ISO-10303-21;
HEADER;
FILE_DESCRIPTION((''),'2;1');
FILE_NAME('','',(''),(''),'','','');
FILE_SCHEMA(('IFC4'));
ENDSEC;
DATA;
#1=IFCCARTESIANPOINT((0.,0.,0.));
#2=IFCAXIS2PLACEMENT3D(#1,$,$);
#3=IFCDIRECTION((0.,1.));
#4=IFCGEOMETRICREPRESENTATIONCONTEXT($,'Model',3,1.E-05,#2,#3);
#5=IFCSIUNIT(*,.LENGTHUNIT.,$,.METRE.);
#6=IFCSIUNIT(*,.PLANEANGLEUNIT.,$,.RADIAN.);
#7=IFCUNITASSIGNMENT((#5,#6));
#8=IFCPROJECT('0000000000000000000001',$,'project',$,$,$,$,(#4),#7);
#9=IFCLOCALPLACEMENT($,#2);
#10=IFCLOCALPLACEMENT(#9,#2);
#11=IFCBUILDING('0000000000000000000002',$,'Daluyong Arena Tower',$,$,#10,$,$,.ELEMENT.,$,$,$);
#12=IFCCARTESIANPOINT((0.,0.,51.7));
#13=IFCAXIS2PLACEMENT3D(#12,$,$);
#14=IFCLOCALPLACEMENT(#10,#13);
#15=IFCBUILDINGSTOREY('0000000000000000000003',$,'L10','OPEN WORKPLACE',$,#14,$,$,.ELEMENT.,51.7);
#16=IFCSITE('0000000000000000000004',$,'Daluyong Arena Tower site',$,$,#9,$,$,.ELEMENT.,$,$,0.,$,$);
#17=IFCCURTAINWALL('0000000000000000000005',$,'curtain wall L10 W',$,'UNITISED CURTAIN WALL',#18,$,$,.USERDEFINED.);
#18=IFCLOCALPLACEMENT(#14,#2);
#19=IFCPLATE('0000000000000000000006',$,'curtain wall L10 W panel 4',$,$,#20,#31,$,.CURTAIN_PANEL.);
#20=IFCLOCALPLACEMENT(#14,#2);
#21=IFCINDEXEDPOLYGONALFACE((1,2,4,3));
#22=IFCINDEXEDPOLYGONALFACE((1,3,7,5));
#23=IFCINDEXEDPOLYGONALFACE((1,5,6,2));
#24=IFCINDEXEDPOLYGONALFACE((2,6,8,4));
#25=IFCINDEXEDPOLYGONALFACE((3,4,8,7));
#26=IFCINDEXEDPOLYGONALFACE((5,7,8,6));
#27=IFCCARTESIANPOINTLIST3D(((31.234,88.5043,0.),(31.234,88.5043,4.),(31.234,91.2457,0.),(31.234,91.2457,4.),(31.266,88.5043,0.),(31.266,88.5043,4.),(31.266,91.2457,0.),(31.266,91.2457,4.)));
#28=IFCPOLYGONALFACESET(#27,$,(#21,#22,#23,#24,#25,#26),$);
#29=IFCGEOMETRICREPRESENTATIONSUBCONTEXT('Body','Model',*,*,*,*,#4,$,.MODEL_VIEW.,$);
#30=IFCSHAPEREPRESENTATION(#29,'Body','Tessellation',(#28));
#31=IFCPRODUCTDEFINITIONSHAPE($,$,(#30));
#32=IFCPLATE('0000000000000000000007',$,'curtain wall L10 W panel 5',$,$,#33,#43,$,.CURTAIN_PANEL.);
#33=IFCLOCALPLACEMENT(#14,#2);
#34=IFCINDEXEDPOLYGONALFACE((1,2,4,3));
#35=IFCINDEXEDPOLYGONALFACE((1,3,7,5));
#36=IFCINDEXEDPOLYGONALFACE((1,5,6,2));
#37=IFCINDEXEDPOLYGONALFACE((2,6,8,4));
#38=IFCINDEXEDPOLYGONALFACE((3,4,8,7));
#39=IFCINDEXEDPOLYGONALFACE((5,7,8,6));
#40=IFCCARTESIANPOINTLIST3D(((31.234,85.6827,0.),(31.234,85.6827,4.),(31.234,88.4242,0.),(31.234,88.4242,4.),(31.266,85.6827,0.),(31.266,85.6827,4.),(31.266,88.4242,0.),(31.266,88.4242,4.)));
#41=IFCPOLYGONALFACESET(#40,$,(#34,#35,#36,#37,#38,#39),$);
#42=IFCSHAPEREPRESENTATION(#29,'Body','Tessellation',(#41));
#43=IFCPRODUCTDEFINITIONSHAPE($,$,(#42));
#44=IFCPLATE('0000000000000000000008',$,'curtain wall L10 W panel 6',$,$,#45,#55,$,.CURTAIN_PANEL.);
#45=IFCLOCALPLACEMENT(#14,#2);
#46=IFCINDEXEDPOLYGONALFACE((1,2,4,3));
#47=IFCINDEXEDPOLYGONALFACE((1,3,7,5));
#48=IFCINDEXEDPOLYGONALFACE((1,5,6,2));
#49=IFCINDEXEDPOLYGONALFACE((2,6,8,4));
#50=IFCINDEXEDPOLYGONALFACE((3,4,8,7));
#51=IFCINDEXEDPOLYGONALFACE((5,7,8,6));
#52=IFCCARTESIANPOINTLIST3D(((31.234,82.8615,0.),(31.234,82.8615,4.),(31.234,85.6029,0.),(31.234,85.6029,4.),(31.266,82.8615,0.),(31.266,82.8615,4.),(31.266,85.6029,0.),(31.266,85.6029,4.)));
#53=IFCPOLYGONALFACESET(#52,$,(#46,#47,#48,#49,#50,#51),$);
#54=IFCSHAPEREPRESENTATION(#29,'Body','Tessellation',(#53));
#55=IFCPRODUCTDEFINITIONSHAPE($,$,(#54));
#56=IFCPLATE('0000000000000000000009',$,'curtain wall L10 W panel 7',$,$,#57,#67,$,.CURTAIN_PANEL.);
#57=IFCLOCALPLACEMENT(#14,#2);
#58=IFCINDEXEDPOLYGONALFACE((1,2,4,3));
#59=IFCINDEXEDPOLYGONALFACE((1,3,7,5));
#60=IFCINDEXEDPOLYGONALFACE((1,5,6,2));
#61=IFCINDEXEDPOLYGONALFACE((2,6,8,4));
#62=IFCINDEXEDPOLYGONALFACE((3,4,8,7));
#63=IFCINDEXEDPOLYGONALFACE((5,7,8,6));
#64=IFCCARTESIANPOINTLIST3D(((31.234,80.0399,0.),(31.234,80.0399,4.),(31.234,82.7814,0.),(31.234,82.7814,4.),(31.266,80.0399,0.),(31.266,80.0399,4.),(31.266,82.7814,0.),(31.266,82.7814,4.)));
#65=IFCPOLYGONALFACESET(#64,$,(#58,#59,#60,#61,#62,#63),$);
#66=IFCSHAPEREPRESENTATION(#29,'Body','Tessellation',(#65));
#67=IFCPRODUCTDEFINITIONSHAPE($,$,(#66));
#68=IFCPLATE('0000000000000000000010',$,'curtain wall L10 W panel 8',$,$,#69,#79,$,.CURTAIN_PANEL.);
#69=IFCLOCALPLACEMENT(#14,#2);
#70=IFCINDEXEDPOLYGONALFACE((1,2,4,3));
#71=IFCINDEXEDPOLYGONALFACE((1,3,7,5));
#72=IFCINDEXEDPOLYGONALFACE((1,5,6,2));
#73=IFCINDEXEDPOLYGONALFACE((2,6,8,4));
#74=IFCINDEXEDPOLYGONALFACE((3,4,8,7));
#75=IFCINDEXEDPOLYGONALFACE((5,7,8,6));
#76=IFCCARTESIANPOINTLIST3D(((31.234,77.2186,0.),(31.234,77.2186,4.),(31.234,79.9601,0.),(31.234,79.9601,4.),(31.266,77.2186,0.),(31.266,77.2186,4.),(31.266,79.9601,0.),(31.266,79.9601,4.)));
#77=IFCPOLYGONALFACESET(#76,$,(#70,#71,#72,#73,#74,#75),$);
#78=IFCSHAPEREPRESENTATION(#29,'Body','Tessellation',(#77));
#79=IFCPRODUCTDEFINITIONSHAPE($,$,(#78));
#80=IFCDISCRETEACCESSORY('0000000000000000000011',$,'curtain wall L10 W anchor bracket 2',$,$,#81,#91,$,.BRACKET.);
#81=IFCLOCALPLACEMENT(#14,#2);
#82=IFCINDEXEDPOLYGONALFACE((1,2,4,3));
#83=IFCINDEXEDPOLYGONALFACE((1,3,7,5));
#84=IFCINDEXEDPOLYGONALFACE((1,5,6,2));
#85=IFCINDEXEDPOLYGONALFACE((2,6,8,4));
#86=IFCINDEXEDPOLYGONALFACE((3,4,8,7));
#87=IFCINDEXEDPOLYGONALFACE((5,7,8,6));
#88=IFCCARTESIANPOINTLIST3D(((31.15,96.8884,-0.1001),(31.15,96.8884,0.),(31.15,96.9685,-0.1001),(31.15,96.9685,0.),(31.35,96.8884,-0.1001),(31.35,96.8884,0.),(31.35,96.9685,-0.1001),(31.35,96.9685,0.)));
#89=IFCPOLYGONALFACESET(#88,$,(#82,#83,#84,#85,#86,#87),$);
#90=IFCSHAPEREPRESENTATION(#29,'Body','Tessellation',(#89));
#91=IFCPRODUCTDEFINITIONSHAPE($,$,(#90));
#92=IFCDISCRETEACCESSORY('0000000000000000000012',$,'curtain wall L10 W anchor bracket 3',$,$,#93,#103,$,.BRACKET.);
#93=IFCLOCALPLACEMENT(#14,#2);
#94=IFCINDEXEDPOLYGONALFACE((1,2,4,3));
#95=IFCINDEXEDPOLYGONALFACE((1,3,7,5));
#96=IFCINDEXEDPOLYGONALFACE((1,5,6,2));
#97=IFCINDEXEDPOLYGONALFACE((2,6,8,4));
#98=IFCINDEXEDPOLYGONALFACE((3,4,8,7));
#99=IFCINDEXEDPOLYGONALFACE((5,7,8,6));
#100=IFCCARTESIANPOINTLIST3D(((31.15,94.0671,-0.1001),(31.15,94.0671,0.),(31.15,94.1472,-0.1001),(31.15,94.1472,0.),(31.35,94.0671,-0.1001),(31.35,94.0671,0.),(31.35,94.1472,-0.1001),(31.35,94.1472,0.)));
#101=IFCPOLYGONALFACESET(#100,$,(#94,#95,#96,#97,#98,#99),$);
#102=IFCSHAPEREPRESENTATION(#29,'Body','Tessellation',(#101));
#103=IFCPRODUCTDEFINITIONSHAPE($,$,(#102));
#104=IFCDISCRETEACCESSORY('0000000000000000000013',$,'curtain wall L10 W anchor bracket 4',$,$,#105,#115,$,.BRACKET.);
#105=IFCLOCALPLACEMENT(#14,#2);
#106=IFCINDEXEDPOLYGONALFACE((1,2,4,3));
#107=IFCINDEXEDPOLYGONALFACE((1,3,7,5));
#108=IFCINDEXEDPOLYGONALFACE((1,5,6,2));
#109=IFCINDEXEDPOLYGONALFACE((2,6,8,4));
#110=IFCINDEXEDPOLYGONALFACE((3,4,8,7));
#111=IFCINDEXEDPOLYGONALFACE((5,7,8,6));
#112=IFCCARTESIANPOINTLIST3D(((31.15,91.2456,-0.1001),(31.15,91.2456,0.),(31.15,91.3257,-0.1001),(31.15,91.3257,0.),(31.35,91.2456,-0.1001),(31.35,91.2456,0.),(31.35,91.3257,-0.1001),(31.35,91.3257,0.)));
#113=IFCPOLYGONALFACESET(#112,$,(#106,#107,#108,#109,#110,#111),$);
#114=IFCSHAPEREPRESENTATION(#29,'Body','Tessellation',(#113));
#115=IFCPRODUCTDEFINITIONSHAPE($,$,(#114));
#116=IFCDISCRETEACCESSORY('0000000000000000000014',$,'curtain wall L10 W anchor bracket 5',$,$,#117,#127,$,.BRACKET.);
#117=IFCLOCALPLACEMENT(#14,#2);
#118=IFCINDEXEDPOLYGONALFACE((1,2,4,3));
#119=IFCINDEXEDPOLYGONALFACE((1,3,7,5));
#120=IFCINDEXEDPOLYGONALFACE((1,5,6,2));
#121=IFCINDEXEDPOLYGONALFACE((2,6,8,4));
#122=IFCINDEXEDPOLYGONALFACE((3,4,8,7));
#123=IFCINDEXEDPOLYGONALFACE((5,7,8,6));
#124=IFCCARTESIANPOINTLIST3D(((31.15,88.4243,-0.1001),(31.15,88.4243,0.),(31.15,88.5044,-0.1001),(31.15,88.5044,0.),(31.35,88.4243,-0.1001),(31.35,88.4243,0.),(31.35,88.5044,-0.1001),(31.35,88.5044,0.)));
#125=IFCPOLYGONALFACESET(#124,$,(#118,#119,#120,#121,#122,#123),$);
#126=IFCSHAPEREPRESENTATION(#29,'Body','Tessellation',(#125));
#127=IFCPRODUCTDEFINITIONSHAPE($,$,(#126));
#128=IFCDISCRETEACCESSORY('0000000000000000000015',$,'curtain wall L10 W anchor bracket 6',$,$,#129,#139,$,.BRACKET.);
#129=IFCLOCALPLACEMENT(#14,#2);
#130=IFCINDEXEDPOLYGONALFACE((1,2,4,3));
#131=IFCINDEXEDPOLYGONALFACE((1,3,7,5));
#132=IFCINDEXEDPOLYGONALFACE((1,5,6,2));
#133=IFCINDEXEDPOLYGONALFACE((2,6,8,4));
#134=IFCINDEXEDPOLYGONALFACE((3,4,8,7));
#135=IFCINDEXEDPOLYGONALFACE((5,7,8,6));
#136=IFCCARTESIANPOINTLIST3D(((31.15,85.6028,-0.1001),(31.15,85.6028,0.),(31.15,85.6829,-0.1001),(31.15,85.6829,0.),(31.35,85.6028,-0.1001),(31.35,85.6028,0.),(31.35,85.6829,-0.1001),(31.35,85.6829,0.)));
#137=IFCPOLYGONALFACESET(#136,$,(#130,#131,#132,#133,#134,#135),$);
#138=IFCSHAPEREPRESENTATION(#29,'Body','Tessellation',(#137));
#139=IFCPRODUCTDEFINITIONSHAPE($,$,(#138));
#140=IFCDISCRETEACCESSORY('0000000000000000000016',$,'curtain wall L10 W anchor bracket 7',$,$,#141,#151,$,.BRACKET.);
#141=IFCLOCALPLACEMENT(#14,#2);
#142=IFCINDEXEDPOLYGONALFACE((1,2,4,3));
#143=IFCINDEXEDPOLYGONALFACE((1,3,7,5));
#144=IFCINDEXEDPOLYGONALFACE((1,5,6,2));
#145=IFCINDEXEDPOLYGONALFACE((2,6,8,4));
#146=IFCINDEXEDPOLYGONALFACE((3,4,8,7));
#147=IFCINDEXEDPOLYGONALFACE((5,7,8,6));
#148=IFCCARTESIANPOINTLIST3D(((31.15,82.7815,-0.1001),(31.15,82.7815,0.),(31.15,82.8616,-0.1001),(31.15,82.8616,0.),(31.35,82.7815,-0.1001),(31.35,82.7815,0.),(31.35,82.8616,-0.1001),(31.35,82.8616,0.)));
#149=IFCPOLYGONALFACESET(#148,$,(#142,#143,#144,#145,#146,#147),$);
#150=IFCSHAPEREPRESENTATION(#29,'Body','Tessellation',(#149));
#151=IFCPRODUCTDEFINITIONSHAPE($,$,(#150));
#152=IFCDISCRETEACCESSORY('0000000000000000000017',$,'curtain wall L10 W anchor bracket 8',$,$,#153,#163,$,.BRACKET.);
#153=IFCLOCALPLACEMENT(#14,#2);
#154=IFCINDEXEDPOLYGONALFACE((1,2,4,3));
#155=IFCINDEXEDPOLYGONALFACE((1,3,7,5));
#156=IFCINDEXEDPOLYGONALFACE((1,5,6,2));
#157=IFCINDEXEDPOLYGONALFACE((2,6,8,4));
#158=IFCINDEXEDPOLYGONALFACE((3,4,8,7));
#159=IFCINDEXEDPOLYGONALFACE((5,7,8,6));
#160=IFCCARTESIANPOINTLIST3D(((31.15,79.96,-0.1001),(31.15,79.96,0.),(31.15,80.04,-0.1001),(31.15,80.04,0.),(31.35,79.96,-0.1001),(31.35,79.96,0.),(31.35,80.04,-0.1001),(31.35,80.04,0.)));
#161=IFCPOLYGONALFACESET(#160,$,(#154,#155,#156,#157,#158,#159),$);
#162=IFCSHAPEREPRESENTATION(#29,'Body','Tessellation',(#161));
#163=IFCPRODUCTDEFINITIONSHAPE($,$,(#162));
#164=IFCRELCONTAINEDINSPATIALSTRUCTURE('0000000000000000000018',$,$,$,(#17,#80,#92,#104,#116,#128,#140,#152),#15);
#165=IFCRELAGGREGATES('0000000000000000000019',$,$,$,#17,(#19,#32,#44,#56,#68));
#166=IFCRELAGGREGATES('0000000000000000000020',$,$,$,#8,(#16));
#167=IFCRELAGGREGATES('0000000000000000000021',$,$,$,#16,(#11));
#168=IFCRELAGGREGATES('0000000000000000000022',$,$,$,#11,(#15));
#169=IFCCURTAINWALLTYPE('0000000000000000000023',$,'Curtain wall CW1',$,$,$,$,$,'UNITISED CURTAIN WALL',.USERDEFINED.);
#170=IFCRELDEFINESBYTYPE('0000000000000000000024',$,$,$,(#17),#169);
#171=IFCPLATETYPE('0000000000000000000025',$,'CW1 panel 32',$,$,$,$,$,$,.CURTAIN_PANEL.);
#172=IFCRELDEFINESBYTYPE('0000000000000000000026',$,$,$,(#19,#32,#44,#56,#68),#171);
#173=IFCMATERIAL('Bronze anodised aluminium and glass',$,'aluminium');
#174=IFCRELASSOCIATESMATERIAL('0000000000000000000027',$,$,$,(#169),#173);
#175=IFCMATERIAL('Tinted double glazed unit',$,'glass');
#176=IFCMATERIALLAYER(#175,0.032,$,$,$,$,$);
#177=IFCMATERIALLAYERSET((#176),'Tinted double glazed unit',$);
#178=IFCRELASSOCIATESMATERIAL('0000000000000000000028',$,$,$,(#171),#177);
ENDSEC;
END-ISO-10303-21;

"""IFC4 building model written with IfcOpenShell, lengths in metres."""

from ifc_helpers import new_model, si_unit, direction, frame, origin, origin_2d, place, context, subcontext, project, spatial, rectangle, extrude, material, layer, layer_set, type_object, element, aggregate, save


model = new_model("IFC4")

# Units and contexts
model_context = context("Model", 3, precision=1e-05, world=origin(), true_north=direction((0.0, 1.0)))
body_context = subcontext(model_context, "Body", "Model", "MODEL_VIEW")
ifc_project = project(units=[si_unit("LENGTHUNIT", "METRE"), si_unit("PLANEANGLEUNIT", "RADIAN")], contexts=[model_context])

# Site, building, storey
site_placement = place(None, origin())
site = spatial("IfcSite", under=ifc_project, at=site_placement, Name="Daluyong Arena Tower site", CompositionType="ELEMENT", RefElevation=0.0)
building_placement = place(site_placement, origin())
building = spatial("IfcBuilding", under=site, at=building_placement, Name="Daluyong Arena Tower", CompositionType="ELEMENT")
storey_placement = place(building_placement, frame((0.0, 0.0, 51.7)))
storey = spatial("IfcBuildingStorey", under=building, at=storey_placement, Name="L10", Description="OPEN WORKPLACE", CompositionType="ELEMENT", Elevation=51.7)

# Curtain wall
ifc_material_1 = material(Name="Bronze anodised aluminium and glass", Category="aluminium")
curtain_wall_type = type_object("IfcCurtainWallType", Name="Curtain wall CW1", ElementType="UNITISED CURTAIN WALL", PredefinedType="USERDEFINED", material=ifc_material_1)
curtain_wall_placement = place(storey_placement, origin())
curtain_wall = element("IfcCurtainWall", 1, at=curtain_wall_placement, inside=storey, type_object=curtain_wall_type, Name="curtain wall L10 W", ObjectType="UNITISED CURTAIN WALL", PredefinedType="USERDEFINED")

# Plates
ifc_material_2 = material(Name="Tinted double glazed unit", Category="glass")
ifc_layer = layer(ifc_material_2, 0.032)
ifc_layer_set = layer_set([ifc_layer], Name="Tinted double glazed unit")
plate_type = type_object("IfcPlateType", Name="CW1 panel 32", PredefinedType="CURTAIN_PANEL", material=ifc_layer_set)
plate_1_placement = place(storey_placement, frame((31.25, 89.875, 0.0), z_axis=(0.0, 0.0, 1.0), x_axis=(0.0, -1.0, 0.0)))
plate_1 = element("IfcPlate", 2, at=plate_1_placement, type_object=plate_type, Name="curtain wall L10 W panel 4", PredefinedType="CURTAIN_PANEL", context=body_context, shape_type="SweptSolid", body=[
    extrude(rectangle(XDim=2.7415, YDim=0.032, at=origin_2d()), origin(), (0.0, 0.0, 1.0), 4.0),
])
plate_2_placement = place(storey_placement, frame((31.25, 87.0535, 0.0), z_axis=(0.0, 0.0, 1.0), x_axis=(0.0, -1.0, 0.0)))
plate_2 = element("IfcPlate", 3, at=plate_2_placement, type_object=plate_type, Name="curtain wall L10 W panel 5", PredefinedType="CURTAIN_PANEL", context=body_context, shape_type="SweptSolid", body=[
    extrude(rectangle(XDim=2.7415, YDim=0.032, at=origin_2d()), origin(), (0.0, 0.0, 1.0), 4.0),
])
plate_3_placement = place(storey_placement, frame((31.25, 84.2322, 0.0), z_axis=(0.0, 0.0, 1.0), x_axis=(0.0, -1.0, 0.0)))
plate_3 = element("IfcPlate", 4, at=plate_3_placement, type_object=plate_type, Name="curtain wall L10 W panel 6", PredefinedType="CURTAIN_PANEL", context=body_context, shape_type="SweptSolid", body=[
    extrude(rectangle(XDim=2.7415, YDim=0.032, at=origin_2d()), origin(), (0.0, 0.0, 1.0), 4.0),
])
plate_4_placement = place(storey_placement, frame((31.25, 81.4106, 0.0), z_axis=(0.0, 0.0, 1.0), x_axis=(0.0, -1.0, 0.0)))
plate_4 = element("IfcPlate", 5, at=plate_4_placement, type_object=plate_type, Name="curtain wall L10 W panel 7", PredefinedType="CURTAIN_PANEL", context=body_context, shape_type="SweptSolid", body=[
    extrude(rectangle(XDim=2.7415, YDim=0.032, at=origin_2d()), origin(), (0.0, 0.0, 1.0), 4.0),
])
plate_5_placement = place(storey_placement, frame((31.25, 78.5894, 0.0), z_axis=(0.0, 0.0, 1.0), x_axis=(0.0, -1.0, 0.0)))
plate_5 = element("IfcPlate", 6, at=plate_5_placement, type_object=plate_type, Name="curtain wall L10 W panel 8", PredefinedType="CURTAIN_PANEL", context=body_context, shape_type="SweptSolid", body=[
    extrude(rectangle(XDim=2.7415, YDim=0.032, at=origin_2d()), origin(), (0.0, 0.0, 1.0), 4.0),
])
aggregate(curtain_wall, [plate_1, plate_2, plate_3, plate_4, plate_5])

# Discrete accessories
for number, where, z_axis, x_axis, name in (
    (7, (31.25, 96.9285, -0.1001), (0.0, 0.0, 1.0), (0.0, -1.0, 0.0), "curtain wall L10 W anchor bracket 2"),
    (8, (31.25, 94.1072, -0.1001), (0.0, 0.0, 1.0), (0.0, -1.0, 0.0), "curtain wall L10 W anchor bracket 3"),
    (9, (31.25, 91.2856, -0.1001), (0.0, 0.0, 1.0), (0.0, -1.0, 0.0), "curtain wall L10 W anchor bracket 4"),
    (10, (31.25, 88.4644, -0.1001), (0.0, 0.0, 1.0), (0.0, -1.0, 0.0), "curtain wall L10 W anchor bracket 5"),
    (11, (31.25, 85.6428, -0.1001), (0.0, 0.0, 1.0), (0.0, -1.0, 0.0), "curtain wall L10 W anchor bracket 6"),
    (12, (31.25, 82.8215, -0.1001), (0.0, 0.0, 1.0), (0.0, -1.0, 0.0), "curtain wall L10 W anchor bracket 7"),
    (13, (31.25, 80.0, -0.1001), (0.0, 0.0, 1.0), (0.0, -1.0, 0.0), "curtain wall L10 W anchor bracket 8"),
):
    element("IfcDiscreteAccessory", number, at=place(storey_placement, frame(where, z_axis=z_axis, x_axis=x_axis)), inside=storey, Name=name, PredefinedType="BRACKET", context=body_context, shape_type="SweptSolid", body=[
        extrude(rectangle(XDim=0.0801, YDim=0.2, at=origin_2d()), origin(), (0.0, 0.0, 1.0), 0.1001),
    ])

save(model, "model.ifc")
